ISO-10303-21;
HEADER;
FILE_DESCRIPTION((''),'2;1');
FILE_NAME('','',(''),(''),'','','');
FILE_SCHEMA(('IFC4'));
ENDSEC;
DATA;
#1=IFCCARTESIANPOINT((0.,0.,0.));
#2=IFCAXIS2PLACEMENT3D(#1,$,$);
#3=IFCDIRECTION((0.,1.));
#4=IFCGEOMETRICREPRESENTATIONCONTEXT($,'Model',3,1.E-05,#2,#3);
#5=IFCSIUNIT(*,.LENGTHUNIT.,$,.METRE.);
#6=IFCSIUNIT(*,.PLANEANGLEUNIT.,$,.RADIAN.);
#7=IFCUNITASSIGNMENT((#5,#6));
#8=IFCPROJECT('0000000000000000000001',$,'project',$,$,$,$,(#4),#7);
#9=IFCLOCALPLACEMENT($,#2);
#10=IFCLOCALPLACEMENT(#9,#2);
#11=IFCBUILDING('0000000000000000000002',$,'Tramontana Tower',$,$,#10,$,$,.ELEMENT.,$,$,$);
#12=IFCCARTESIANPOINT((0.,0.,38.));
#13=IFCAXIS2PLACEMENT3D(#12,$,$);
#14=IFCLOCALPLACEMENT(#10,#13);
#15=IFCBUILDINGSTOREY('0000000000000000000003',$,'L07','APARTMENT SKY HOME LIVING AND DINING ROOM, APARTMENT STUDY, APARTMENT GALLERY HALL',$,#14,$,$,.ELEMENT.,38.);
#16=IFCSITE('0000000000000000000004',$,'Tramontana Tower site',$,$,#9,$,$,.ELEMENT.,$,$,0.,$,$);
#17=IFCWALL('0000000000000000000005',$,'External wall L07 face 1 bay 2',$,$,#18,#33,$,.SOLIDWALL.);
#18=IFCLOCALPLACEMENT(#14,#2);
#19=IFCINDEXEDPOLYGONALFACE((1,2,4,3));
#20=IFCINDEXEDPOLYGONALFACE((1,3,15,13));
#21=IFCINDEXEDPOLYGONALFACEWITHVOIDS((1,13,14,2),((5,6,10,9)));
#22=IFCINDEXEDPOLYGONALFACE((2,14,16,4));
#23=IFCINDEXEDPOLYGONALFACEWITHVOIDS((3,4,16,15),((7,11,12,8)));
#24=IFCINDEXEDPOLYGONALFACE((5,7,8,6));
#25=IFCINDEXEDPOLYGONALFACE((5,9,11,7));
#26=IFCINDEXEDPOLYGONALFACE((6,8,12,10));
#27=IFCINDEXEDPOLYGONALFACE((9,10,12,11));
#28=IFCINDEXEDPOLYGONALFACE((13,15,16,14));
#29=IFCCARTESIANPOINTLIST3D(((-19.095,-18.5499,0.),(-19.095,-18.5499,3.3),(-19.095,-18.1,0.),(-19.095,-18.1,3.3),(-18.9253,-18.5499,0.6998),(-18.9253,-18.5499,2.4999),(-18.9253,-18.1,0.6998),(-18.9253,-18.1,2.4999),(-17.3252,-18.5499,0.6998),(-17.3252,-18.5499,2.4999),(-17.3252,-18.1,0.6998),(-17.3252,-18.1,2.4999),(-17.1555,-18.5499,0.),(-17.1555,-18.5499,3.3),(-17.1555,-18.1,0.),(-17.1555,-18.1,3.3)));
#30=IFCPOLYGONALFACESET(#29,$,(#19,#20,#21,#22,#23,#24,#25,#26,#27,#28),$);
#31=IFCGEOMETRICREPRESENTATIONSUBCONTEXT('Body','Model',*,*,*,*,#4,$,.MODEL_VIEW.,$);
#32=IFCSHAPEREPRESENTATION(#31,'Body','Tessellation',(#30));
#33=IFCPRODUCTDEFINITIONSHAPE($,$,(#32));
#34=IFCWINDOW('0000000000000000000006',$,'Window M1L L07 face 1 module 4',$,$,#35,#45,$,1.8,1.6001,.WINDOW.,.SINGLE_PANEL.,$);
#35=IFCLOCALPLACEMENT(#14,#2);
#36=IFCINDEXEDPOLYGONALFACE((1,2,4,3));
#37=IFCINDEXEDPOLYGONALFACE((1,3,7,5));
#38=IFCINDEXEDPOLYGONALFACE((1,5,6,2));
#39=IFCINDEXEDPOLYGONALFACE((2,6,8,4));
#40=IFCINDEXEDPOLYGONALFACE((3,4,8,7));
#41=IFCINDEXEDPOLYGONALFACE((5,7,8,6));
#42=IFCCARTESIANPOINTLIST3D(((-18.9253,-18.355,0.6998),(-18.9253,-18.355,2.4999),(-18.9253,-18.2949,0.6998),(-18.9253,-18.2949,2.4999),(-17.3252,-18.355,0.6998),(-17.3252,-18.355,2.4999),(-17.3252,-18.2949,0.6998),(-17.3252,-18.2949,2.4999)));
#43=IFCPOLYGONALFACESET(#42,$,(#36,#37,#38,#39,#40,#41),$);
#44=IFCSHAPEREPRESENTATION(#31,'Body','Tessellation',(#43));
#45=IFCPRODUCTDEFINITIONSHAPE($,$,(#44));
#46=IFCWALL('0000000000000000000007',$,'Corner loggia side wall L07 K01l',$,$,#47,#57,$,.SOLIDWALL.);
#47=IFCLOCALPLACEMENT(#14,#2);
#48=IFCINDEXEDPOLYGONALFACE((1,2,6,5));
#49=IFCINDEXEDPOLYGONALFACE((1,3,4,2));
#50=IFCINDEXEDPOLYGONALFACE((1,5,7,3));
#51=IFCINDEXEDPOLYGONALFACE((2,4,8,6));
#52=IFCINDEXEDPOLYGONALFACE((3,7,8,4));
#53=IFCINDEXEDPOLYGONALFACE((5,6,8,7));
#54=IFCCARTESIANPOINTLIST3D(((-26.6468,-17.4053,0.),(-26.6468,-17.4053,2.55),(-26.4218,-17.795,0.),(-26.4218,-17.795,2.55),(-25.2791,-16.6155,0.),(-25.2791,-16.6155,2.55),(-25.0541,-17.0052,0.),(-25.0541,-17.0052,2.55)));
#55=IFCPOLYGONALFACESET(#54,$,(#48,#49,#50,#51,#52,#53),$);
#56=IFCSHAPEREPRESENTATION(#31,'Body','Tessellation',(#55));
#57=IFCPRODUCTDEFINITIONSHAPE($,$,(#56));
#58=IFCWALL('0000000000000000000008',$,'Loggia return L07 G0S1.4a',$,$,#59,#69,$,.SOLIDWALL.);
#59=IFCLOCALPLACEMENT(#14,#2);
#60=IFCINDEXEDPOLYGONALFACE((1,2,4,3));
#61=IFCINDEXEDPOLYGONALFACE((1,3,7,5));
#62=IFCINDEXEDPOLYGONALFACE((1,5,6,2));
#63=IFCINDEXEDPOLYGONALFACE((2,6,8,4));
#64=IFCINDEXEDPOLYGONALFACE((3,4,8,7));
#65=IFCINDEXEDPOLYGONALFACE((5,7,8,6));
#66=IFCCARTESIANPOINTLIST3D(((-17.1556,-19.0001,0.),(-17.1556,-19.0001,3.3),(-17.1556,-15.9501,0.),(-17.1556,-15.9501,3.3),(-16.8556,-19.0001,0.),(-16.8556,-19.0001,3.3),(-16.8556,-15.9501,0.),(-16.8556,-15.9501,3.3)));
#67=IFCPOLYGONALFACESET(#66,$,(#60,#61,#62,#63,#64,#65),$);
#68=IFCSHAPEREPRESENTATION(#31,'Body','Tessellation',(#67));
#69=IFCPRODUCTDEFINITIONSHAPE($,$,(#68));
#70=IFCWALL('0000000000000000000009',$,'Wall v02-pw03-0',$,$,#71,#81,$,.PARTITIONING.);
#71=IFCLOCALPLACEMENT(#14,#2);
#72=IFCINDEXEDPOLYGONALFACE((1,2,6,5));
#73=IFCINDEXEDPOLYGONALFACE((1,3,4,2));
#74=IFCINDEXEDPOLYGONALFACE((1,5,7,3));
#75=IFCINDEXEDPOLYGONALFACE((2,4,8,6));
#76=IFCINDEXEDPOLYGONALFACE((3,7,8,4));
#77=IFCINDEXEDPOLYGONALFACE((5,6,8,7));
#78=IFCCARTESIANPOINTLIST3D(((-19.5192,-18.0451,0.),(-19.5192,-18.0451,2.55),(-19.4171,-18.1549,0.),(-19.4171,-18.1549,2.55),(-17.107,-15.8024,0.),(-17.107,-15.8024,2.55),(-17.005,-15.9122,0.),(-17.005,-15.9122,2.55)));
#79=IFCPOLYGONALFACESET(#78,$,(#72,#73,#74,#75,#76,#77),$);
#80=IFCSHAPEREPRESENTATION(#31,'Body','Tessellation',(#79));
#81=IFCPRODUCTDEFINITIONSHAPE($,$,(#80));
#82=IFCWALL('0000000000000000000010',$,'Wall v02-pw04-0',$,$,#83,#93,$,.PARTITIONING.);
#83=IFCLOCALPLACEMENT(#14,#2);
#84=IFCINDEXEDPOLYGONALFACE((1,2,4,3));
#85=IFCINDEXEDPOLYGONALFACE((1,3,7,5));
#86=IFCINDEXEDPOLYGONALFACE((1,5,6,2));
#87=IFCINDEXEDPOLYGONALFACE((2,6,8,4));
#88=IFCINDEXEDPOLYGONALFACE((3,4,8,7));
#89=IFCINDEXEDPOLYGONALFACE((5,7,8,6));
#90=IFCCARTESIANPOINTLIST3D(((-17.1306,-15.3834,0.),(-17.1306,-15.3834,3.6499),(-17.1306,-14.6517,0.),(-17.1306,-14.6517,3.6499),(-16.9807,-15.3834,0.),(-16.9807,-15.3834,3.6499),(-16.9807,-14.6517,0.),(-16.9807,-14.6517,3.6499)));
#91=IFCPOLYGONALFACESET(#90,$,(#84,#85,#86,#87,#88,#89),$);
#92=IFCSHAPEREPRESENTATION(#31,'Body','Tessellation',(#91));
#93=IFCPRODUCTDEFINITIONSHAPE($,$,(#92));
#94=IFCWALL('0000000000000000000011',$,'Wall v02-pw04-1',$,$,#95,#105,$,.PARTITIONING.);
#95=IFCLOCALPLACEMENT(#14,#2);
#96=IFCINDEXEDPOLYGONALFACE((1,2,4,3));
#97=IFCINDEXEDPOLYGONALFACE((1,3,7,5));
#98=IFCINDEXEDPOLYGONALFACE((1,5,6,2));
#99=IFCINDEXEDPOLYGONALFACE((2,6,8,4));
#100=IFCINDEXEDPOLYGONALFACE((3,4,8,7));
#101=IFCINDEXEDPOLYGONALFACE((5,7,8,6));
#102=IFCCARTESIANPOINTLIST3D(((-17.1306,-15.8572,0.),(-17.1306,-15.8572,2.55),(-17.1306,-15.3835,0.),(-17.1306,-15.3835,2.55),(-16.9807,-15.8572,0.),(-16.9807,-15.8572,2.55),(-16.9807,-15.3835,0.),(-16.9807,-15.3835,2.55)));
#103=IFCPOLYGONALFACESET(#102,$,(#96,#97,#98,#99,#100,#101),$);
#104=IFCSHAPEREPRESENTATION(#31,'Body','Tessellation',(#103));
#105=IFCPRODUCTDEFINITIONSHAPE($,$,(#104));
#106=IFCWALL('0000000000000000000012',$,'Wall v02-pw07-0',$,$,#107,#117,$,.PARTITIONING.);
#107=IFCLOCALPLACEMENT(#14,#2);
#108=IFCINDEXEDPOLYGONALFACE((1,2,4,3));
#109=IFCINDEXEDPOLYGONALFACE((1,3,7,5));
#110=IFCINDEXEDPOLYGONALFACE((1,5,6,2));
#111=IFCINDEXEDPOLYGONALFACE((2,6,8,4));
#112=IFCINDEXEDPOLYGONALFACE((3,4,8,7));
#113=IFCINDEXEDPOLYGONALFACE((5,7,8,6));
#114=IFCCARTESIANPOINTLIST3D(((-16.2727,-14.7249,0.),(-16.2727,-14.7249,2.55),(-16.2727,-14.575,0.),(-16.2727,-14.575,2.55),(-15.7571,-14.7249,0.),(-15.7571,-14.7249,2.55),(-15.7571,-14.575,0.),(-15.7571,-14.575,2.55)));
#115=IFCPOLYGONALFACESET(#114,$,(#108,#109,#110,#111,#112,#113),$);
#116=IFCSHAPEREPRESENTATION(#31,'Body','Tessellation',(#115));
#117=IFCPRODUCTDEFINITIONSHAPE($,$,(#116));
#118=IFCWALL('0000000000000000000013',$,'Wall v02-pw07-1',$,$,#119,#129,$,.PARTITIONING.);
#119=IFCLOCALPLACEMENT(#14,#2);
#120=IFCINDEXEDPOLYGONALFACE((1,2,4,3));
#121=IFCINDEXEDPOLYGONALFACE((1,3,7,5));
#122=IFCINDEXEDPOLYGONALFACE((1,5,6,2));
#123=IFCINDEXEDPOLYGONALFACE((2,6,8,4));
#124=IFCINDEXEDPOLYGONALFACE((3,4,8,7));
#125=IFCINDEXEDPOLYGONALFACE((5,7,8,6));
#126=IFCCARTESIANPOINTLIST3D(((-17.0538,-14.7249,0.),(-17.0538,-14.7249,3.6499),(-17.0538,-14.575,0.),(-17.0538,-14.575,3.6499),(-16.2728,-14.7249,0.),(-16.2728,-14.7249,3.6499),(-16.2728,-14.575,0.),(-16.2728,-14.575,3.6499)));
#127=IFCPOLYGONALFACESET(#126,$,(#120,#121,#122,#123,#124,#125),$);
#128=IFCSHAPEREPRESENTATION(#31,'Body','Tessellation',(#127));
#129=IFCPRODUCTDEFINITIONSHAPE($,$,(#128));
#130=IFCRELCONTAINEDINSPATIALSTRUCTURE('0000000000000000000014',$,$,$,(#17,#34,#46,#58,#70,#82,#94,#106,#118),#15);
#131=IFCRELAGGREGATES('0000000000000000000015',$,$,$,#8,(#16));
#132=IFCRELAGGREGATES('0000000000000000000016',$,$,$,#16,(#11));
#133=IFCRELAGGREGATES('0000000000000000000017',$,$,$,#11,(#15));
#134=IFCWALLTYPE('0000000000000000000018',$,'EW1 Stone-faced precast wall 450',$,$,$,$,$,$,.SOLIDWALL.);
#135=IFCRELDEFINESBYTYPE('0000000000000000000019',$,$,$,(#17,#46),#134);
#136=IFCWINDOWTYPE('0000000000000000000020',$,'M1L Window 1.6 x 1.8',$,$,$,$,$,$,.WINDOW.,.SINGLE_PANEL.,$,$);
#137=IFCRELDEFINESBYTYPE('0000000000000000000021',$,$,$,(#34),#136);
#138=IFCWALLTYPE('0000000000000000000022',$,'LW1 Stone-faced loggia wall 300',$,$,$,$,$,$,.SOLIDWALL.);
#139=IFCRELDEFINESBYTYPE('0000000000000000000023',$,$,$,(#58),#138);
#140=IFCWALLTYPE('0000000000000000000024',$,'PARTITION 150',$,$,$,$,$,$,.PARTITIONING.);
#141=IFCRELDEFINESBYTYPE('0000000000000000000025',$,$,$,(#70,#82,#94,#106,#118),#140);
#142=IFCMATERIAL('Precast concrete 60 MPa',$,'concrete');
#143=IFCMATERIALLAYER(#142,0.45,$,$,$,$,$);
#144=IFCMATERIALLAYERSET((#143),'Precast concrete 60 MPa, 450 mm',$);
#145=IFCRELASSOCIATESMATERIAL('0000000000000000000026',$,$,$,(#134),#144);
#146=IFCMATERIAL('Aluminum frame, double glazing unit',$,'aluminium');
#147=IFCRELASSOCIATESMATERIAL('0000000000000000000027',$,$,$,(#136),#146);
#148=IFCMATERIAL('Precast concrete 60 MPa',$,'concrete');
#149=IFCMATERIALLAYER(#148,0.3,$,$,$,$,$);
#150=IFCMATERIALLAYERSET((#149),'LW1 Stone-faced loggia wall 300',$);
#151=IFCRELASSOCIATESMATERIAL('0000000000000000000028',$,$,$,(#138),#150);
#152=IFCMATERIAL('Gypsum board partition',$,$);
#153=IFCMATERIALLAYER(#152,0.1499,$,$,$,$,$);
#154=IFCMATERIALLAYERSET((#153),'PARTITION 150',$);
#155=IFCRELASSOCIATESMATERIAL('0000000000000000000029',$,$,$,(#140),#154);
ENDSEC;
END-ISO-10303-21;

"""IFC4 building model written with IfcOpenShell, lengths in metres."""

from ifc_helpers import new_model, si_unit, direction, frame, frame_2d, origin, place, context, subcontext, project, spatial, rectangle, extrude, material, layer, layer_set, type_object, element, fill, save


model = new_model("IFC4")

# Units and contexts
model_context = context("Model", 3, precision=1e-05, world=origin(), true_north=direction((0.0, 1.0)))
body_context = subcontext(model_context, "Body", "Model", "MODEL_VIEW")
ifc_project = project(units=[si_unit("LENGTHUNIT", "METRE"), si_unit("PLANEANGLEUNIT", "RADIAN")], contexts=[model_context])

# Site, building, storey
site_placement = place(None, origin())
site = spatial("IfcSite", under=ifc_project, at=site_placement, Name="Tramontana Tower site", CompositionType="ELEMENT", RefElevation=0.0)
building_placement = place(site_placement, origin())
building = spatial("IfcBuilding", under=site, at=building_placement, Name="Tramontana Tower", CompositionType="ELEMENT")
storey_placement = place(building_placement, frame((0.0, 0.0, 38.0)))
storey = spatial("IfcBuildingStorey", under=building, at=storey_placement, Name="L07", Description="APARTMENT SKY HOME LIVING AND DINING ROOM, APARTMENT STUDY, APARTMENT GALLERY HALL", CompositionType="ELEMENT", Elevation=38.0)

# Shared definitions
ifc_material_1 = material(Name="Precast concrete 60 MPa", Category="concrete")
ifc_layer_1 = layer(ifc_material_1, 0.45)
ifc_layer_set_1 = layer_set([ifc_layer_1], Name="Precast concrete 60 MPa, 450 mm")
wall_type_1 = type_object("IfcWallType", Name="EW1 Stone-faced precast wall 450", PredefinedType="SOLIDWALL", material=ifc_layer_set_1)

# Wall, opening, window
wall_1_placement = place(storey_placement, frame((-19.095, -18.325, 0.0), z_axis=(0.0, 0.0, 1.0), x_axis=(1.0, 0.0, 0.0)))
wall_1 = element("IfcWall", 1, at=wall_1_placement, inside=storey, type_object=wall_type_1, Name="External wall L07 face 1 bay 2", PredefinedType="SOLIDWALL", context=body_context, shape_type="SweptSolid", body=[
    extrude(rectangle(XDim=1.9395, YDim=0.45, at=frame_2d((0.9697, 0.0))), origin(), (0.0, 0.0, 1.0), 3.3),
])
opening_1_placement = place(wall_1_placement, frame((0.1697, 0.0, 0.7)))
opening_1 = element("IfcOpeningElement", 2, at=opening_1_placement, cuts=wall_1, PredefinedType="OPENING", context=body_context, shape_type="SweptSolid", body=[
    extrude(rectangle(XDim=1.6001, YDim=1.8, at=frame_2d((0.8, 0.8999))), frame((0.0, 0.2349, 0.0), z_axis=(0.0, -1.0, 0.0), x_axis=(1.0, 0.0, 0.0)), (0.0, 0.0, 1.0), 0.47),
])
ifc_material_2 = material(Name="Aluminum frame, double glazing unit", Category="aluminium")
window_type_1 = type_object("IfcWindowType", Name="M1L Window 1.6 x 1.8", PartitioningType="SINGLE_PANEL", PredefinedType="WINDOW", material=ifc_material_2)
window_1_placement = place(opening_1_placement, origin())
window_1 = element("IfcWindow", 3, at=window_1_placement, inside=storey, type_object=window_type_1, Name="Window M1L L07 face 1 module 4", OverallHeight=1.8, OverallWidth=1.6001, PartitioningType="SINGLE_PANEL", PredefinedType="WINDOW", context=body_context, shape_type="SweptSolid", body=[
    extrude(rectangle(XDim=1.6001, YDim=1.8, at=frame_2d((0.8, 0.8999))), frame((0.0, 0.03, 0.0), z_axis=(0.0, -1.0, 0.0), x_axis=(1.0, 0.0, 0.0)), (0.0, 0.0, 1.0), 0.0601),
])
fill(opening_1, window_1)

# Wall
wall_2_placement = place(storey_placement, frame((-26.5342, -17.6001, 0.0), z_axis=(0.0, 0.0, 1.0), x_axis=(0.86598, 0.500079, 0.0)))
element("IfcWall", 4, at=wall_2_placement, inside=storey, type_object=wall_type_1, Name="Corner loggia side wall L07 K01l", PredefinedType="SOLIDWALL", context=body_context, shape_type="SweptSolid", body=[
    extrude(rectangle(XDim=1.5793, YDim=0.45, at=frame_2d((0.7896, 0.0))), origin(), (0.0, 0.0, 1.0), 2.55),
])

# Shared definitions
ifc_material_3 = material(Name="Precast concrete 60 MPa", Category="concrete")
ifc_layer_2 = layer(ifc_material_3, 0.3)
ifc_layer_set_2 = layer_set([ifc_layer_2], Name="LW1 Stone-faced loggia wall 300")
wall_type_2 = type_object("IfcWallType", Name="LW1 Stone-faced loggia wall 300", PredefinedType="SOLIDWALL", material=ifc_layer_set_2)

# Walls
wall_3_placement = place(storey_placement, frame((-17.0056, -19.0, 0.0), z_axis=(0.0, 0.0, 1.0), x_axis=(0.0, 1.0, 0.0)))
element("IfcWall", 5, at=wall_3_placement, inside=storey, type_object=wall_type_2, Name="Loggia return L07 G0S1.4a", PredefinedType="SOLIDWALL", context=body_context, shape_type="SweptSolid", body=[
    extrude(rectangle(XDim=3.05, YDim=0.3, at=frame_2d((1.5249, 0.0))), origin(), (0.0, 0.0, 1.0), 3.3),
])
ifc_material_4 = material(Name="Gypsum board partition")
ifc_layer_3 = layer(ifc_material_4, 0.1499)
ifc_layer_set_3 = layer_set([ifc_layer_3], Name="PARTITION 150")
wall_type_3 = type_object("IfcWallType", Name="PARTITION 150", PredefinedType="PARTITIONING", material=ifc_layer_set_3)
wall_4_placement = place(storey_placement, frame((-17.0559, -15.8572, 0.0), z_axis=(0.0, 0.0, 1.0), x_axis=(-0.73236, -0.680917, 0.0)))
element("IfcWall", 6, at=wall_4_placement, inside=storey, type_object=wall_type_3, Name="Wall v02-pw03-0", PredefinedType="PARTITIONING", context=body_context, shape_type="SweptSolid", body=[
    extrude(rectangle(XDim=3.2937, YDim=0.1499, at=frame_2d((1.647, 0.0))), origin(), (0.0, 0.0, 1.0), 2.55),
])
wall_5_placement = place(storey_placement, frame((-17.0557, -14.6519, 0.0), z_axis=(0.0, 0.0, 1.0), x_axis=(0.0, -1.0, 0.0)))
element("IfcWall", 7, at=wall_5_placement, inside=storey, type_object=wall_type_3, Name="Wall v02-pw04-0", PredefinedType="PARTITIONING", context=body_context, shape_type="SweptSolid", body=[
    extrude(rectangle(XDim=0.7317, YDim=0.1499, at=frame_2d((0.3657, 0.0))), origin(), (0.0, 0.0, 1.0), 3.6499),
])
wall_6_placement = place(storey_placement, frame((-17.0557, -15.3835, 0.0), z_axis=(0.0, 0.0, 1.0), x_axis=(0.0, -1.0, 0.0)))
element("IfcWall", 8, at=wall_6_placement, inside=storey, type_object=wall_type_3, Name="Wall v02-pw04-1", PredefinedType="PARTITIONING", context=body_context, shape_type="SweptSolid", body=[
    extrude(rectangle(XDim=0.4736, YDim=0.1499, at=frame_2d((0.2368, 0.0))), origin(), (0.0, 0.0, 1.0), 2.55),
])
wall_7_placement = place(storey_placement, frame((-15.7571, -14.6499, 0.0), z_axis=(0.0, 0.0, 1.0), x_axis=(-1.0, 0.0, 0.0)))
element("IfcWall", 9, at=wall_7_placement, inside=storey, type_object=wall_type_3, Name="Wall v02-pw07-0", PredefinedType="PARTITIONING", context=body_context, shape_type="SweptSolid", body=[
    extrude(rectangle(XDim=0.5156, YDim=0.1499, at=frame_2d((0.2578, 0.0))), origin(), (0.0, 0.0, 1.0), 2.55),
])
wall_8_placement = place(storey_placement, frame((-16.2727, -14.6499, 0.0), z_axis=(0.0, 0.0, 1.0), x_axis=(-1.0, 0.0, 0.0)))
element("IfcWall", 10, at=wall_8_placement, inside=storey, type_object=wall_type_3, Name="Wall v02-pw07-1", PredefinedType="PARTITIONING", context=body_context, shape_type="SweptSolid", body=[
    extrude(rectangle(XDim=0.781, YDim=0.1499, at=frame_2d((0.3906, 0.0))), origin(), (0.0, 0.0, 1.0), 3.6499),
])

save(model, "model.ifc")
